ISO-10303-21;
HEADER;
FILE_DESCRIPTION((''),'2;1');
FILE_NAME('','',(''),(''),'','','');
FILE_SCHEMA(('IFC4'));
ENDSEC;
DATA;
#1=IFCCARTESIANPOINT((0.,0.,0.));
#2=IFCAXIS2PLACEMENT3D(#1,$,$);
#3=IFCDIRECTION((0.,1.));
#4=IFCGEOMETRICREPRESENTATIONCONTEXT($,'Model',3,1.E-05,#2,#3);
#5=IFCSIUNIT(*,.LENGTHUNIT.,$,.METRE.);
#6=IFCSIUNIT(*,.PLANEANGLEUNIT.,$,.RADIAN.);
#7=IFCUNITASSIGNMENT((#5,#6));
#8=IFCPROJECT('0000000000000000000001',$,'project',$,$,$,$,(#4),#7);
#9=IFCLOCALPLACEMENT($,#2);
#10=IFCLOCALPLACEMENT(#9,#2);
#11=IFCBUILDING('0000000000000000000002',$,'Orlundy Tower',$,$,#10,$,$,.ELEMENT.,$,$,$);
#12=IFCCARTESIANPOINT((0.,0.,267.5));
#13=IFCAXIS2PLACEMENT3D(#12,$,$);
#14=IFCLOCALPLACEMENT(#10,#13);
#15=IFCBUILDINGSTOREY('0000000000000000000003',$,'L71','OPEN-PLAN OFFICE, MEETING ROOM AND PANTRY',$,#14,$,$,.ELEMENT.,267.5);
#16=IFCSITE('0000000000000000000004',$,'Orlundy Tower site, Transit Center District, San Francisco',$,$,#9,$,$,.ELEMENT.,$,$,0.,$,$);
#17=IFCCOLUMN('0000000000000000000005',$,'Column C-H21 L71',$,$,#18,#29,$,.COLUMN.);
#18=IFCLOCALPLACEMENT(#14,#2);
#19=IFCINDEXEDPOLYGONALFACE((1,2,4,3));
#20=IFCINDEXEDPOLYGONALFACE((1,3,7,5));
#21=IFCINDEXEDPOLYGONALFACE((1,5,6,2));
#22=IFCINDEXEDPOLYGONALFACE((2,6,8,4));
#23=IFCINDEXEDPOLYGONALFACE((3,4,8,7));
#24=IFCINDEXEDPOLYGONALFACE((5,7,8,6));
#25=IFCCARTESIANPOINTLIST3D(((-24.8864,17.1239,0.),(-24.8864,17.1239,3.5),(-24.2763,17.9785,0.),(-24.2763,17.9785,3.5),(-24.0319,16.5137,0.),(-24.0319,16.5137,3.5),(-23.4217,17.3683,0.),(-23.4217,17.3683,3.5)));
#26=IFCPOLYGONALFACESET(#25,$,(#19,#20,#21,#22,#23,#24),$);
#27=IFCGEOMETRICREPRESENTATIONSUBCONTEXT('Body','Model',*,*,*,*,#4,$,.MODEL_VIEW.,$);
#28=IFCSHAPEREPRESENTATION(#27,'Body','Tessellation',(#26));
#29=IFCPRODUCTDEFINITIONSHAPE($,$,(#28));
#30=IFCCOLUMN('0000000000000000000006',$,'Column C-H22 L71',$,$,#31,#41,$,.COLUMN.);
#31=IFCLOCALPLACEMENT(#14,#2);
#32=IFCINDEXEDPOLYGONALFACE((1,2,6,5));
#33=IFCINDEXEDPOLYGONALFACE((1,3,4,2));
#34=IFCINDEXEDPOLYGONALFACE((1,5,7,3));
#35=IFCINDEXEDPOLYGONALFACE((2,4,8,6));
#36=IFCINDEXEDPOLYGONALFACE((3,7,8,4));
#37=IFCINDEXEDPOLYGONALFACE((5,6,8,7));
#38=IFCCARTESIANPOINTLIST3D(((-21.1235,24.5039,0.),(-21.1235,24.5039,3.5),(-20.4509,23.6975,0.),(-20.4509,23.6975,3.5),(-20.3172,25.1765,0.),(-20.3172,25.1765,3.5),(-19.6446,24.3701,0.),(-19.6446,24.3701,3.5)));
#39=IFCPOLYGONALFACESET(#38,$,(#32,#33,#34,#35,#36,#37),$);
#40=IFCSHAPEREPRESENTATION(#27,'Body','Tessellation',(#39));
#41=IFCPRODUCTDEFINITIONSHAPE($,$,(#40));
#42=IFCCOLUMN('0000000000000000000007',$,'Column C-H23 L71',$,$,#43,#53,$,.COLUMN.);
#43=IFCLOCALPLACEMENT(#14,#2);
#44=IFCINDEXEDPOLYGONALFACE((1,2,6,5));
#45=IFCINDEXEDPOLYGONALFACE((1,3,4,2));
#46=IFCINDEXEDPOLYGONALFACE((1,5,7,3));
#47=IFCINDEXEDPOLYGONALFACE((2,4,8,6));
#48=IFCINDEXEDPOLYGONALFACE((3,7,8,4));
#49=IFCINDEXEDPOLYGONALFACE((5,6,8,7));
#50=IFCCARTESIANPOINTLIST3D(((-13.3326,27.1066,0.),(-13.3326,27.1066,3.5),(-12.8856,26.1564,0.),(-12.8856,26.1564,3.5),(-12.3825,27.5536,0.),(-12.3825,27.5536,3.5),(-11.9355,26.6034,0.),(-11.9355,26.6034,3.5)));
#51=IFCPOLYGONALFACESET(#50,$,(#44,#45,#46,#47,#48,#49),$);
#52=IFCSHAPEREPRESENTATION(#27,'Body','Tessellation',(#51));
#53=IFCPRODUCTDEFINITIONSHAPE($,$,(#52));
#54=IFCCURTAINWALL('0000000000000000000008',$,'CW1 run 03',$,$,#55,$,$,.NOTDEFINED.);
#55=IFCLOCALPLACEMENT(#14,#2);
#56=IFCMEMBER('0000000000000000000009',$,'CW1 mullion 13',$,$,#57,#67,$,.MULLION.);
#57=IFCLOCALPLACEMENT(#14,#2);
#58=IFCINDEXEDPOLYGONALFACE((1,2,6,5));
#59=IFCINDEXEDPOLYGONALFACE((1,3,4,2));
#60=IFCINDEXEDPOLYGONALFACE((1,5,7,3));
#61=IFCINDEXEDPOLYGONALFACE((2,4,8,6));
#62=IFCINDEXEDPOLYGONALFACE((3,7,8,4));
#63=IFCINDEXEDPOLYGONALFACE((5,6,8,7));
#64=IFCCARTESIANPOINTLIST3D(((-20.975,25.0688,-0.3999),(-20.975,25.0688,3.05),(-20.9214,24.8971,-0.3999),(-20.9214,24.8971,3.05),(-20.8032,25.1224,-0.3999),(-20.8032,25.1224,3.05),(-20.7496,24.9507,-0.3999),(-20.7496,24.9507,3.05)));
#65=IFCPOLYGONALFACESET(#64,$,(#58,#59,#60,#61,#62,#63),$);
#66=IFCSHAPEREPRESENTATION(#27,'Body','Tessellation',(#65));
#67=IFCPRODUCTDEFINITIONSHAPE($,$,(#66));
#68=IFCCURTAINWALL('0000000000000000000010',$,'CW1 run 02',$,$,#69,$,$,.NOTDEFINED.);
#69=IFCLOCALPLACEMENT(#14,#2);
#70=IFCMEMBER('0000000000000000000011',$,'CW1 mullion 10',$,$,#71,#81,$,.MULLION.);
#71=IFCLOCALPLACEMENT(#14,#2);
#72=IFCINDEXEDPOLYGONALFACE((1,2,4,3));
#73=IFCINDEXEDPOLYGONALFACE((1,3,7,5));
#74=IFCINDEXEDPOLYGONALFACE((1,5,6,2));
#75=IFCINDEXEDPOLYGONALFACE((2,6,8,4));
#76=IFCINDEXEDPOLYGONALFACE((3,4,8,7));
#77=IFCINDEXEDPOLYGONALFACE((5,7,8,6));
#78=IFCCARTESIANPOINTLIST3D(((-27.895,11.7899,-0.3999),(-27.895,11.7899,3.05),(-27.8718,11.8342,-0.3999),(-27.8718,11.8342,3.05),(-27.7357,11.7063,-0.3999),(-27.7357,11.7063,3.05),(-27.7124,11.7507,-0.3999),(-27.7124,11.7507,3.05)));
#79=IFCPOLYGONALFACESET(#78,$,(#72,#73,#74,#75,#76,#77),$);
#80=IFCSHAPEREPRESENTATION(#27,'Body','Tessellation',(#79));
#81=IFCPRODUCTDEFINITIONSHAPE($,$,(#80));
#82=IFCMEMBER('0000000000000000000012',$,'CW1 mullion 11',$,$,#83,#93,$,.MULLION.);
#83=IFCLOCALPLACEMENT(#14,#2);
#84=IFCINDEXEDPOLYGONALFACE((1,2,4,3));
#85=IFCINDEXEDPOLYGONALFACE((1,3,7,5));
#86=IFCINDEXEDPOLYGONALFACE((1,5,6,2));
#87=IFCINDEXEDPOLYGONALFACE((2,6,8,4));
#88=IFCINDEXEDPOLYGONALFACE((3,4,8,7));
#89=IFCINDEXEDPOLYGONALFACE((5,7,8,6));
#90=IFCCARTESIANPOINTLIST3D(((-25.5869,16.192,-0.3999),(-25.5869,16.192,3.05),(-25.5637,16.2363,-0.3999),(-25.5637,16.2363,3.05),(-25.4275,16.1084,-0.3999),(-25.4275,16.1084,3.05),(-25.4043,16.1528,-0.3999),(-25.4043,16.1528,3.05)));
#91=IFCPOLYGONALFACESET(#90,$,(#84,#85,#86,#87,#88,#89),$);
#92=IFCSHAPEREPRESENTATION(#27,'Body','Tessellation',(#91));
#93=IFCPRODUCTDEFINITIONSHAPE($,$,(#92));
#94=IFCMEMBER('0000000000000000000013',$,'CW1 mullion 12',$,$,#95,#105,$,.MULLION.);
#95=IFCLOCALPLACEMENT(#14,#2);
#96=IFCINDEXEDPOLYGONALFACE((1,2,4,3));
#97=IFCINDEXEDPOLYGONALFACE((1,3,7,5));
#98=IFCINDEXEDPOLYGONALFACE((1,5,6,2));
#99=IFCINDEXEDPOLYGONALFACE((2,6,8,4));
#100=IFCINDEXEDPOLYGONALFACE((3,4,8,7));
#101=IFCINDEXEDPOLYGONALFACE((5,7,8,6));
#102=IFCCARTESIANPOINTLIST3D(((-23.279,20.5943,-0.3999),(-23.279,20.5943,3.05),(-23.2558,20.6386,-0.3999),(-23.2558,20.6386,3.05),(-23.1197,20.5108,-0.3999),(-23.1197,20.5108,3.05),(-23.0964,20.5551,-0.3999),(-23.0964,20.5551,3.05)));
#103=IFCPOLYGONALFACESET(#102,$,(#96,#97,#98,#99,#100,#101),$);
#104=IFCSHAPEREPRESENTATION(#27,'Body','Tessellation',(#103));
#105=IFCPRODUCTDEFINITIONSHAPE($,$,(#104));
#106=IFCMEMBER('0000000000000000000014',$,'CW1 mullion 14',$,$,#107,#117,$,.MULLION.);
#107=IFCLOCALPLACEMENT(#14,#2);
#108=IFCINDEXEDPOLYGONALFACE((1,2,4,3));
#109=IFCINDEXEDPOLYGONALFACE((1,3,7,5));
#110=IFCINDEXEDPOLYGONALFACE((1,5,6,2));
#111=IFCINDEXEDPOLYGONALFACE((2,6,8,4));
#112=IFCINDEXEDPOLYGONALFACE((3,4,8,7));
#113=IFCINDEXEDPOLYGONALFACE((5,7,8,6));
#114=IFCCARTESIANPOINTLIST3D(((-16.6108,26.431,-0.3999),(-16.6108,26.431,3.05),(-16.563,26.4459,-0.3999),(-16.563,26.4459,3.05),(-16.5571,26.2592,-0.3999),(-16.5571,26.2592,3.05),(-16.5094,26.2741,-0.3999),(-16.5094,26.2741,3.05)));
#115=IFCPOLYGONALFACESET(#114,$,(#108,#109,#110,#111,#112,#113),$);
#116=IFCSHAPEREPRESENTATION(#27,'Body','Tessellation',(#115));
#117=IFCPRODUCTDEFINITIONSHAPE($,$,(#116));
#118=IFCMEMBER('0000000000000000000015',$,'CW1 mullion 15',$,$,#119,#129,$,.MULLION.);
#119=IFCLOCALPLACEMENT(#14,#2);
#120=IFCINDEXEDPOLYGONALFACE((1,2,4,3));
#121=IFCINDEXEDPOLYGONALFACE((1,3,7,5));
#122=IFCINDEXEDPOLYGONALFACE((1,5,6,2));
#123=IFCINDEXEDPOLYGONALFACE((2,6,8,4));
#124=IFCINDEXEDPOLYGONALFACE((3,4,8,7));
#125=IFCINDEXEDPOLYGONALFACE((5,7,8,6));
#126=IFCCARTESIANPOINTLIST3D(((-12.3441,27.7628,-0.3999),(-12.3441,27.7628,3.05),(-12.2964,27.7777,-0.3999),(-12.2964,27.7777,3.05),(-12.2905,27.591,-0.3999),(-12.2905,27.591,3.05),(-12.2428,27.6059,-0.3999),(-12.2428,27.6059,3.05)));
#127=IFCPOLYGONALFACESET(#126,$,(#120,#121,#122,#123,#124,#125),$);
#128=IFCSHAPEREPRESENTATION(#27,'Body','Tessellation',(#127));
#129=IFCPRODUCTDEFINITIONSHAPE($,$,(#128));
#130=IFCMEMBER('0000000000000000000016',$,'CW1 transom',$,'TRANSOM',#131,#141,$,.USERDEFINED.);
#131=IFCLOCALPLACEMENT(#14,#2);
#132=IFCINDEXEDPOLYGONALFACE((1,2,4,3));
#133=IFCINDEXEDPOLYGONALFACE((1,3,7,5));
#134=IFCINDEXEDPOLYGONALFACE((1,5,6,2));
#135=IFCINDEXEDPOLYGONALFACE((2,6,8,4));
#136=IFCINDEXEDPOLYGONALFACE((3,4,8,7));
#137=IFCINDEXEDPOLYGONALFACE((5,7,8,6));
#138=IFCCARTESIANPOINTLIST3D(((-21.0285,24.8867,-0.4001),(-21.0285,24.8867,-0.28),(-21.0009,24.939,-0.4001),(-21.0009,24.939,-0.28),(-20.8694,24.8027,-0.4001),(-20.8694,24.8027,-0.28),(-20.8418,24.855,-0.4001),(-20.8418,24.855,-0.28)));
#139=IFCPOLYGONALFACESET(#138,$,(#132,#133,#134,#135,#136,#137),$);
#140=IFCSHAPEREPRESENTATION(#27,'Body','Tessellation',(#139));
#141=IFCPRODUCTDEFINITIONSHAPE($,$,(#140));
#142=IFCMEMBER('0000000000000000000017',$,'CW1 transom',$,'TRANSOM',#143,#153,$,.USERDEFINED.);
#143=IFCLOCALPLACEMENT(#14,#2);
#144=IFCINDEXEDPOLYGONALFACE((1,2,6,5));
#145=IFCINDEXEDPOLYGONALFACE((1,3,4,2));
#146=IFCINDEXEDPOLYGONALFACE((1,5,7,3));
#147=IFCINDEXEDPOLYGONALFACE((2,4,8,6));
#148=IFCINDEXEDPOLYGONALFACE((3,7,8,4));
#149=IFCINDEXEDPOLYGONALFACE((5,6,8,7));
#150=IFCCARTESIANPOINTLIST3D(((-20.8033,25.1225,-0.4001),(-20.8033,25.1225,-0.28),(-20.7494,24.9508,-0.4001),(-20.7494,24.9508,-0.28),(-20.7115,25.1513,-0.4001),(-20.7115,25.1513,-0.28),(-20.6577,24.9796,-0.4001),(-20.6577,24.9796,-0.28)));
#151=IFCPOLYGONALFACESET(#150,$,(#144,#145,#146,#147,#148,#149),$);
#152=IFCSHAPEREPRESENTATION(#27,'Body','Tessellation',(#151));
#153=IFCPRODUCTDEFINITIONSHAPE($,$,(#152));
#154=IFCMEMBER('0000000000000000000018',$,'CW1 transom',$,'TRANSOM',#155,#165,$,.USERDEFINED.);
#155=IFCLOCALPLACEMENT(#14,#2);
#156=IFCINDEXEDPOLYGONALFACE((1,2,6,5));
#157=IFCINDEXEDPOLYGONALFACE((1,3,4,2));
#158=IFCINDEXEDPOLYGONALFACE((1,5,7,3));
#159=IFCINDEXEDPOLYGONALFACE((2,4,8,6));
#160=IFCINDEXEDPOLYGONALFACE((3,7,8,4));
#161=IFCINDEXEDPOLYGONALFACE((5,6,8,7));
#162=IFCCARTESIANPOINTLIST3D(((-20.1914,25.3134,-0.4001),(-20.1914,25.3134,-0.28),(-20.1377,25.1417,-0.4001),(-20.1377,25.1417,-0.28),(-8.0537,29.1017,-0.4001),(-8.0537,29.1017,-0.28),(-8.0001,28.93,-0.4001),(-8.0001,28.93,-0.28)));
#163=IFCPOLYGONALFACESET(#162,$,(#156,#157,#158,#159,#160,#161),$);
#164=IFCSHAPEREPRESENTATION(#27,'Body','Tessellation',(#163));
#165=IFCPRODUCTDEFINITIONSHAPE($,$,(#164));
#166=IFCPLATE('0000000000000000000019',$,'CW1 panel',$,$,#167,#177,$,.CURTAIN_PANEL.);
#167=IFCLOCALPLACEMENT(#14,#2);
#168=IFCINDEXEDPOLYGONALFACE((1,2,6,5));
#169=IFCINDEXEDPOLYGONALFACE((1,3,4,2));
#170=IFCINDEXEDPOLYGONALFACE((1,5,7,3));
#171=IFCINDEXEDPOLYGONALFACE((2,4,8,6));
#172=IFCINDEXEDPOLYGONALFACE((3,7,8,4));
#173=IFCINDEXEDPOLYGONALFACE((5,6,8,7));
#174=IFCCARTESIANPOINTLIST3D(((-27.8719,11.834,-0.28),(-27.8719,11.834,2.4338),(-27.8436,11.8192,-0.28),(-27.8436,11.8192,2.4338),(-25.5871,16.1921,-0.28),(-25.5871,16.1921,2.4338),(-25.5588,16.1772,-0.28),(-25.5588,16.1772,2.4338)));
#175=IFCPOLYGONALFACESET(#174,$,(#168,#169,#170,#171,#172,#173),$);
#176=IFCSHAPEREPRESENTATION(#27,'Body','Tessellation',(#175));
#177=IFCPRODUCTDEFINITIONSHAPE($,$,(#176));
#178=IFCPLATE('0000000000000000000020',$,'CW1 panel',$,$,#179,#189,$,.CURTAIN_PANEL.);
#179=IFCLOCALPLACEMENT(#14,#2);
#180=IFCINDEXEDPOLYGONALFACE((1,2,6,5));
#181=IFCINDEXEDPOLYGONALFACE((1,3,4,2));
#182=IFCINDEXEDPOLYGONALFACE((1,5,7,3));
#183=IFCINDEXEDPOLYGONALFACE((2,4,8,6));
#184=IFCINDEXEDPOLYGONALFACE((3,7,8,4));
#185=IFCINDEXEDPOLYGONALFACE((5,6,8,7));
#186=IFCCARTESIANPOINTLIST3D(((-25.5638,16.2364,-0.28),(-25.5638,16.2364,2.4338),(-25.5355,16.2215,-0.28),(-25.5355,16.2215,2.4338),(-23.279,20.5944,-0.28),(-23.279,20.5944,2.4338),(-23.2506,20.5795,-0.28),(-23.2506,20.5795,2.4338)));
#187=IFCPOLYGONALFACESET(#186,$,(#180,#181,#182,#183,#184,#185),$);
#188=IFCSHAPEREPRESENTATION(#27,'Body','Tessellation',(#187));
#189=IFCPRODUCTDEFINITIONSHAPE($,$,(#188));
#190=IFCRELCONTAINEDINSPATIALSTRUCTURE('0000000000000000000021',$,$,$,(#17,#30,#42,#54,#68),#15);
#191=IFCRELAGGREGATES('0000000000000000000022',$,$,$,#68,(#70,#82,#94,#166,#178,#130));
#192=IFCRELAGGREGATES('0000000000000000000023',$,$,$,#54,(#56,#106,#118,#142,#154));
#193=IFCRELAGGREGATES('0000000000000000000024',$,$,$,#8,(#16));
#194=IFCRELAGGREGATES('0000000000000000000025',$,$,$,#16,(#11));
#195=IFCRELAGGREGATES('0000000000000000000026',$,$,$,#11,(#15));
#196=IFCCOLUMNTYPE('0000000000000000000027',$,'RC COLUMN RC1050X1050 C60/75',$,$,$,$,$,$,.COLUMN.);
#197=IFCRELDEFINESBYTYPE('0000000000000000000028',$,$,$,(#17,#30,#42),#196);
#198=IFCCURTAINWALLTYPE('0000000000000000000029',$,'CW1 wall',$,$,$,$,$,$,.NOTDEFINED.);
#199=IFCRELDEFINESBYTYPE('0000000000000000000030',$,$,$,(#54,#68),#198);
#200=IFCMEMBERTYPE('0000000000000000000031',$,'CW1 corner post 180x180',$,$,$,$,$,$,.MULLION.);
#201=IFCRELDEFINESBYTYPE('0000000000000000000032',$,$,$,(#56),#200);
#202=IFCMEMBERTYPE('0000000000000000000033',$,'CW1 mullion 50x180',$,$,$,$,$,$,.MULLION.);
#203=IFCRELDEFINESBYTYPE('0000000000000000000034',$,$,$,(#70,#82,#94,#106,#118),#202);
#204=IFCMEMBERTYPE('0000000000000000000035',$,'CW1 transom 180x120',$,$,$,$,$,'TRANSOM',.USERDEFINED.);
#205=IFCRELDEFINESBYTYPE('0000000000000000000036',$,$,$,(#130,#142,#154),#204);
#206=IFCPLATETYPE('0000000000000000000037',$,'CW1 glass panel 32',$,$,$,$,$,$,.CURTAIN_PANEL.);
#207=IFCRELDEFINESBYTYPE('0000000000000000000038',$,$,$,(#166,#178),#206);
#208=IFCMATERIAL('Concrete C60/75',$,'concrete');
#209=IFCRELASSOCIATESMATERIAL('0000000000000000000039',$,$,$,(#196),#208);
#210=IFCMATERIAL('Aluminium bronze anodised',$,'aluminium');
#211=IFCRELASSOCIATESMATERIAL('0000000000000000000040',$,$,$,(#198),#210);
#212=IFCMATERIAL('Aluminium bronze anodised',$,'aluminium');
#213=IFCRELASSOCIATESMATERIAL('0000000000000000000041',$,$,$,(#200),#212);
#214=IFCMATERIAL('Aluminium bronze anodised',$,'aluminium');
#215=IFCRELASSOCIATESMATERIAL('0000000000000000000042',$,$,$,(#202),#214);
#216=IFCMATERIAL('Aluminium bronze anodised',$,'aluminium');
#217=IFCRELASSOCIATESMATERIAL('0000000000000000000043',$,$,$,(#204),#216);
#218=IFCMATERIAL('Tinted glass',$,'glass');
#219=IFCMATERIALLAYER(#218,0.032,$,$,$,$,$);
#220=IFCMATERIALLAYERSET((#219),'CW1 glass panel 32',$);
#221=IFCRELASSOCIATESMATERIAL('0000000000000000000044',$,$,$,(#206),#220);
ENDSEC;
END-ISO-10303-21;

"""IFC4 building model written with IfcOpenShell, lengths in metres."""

from ifc_helpers import new_model, si_unit, direction, frame, origin, origin_2d, place, context, subcontext, project, spatial, rectangle, extrude, material, layer, layer_set, material_profile, profile_set, type_object, element, aggregate, save


model = new_model("IFC4")

# Units and contexts
model_context = context("Model", 3, precision=1e-05, world=origin(), true_north=direction((0.0, 1.0)))
body_context = subcontext(model_context, "Body", "Model", "MODEL_VIEW")
ifc_project = project(units=[si_unit("LENGTHUNIT", "METRE"), si_unit("PLANEANGLEUNIT", "RADIAN")], contexts=[model_context])

# Site, building, storey
site_placement = place(None, origin())
site = spatial("IfcSite", under=ifc_project, at=site_placement, Name="Orlundy Tower site, Transit Center District, San Francisco", CompositionType="ELEMENT", RefElevation=0.0)
building_placement = place(site_placement, origin())
building = spatial("IfcBuilding", under=site, at=building_placement, Name="Orlundy Tower", CompositionType="ELEMENT")
storey_placement = place(building_placement, frame((0.0, 0.0, 267.5)))
storey = spatial("IfcBuildingStorey", under=building, at=storey_placement, Name="L71", Description="OPEN-PLAN OFFICE, MEETING ROOM AND PANTRY", CompositionType="ELEMENT", Elevation=267.5)

# Columns
ifc_material_1 = material(Name="Concrete C60/75", Category="concrete")
ifc_material_profile_1 = material_profile(ifc_material_1, rectangle(XDim=1.05, YDim=1.05, at=origin_2d()), Name="RC1050X1050")
ifc_profile_set_1 = profile_set([ifc_material_profile_1], Name="Concrete C60/75")
column_type = type_object("IfcColumnType", Name="RC COLUMN RC1050X1050 C60/75", PredefinedType="COLUMN", material=ifc_profile_set_1)
for number, where, z_axis, x_axis, name in (
    (1, (-24.1541, 17.2461, 0.0), (0.0, 0.0, 1.0), (-0.813842, 0.581087, 0.0), "Column C-H21 L71"),
    (2, (-20.384, 24.437, 0.0), (0.0, 0.0, 1.0), (-0.640552, 0.767915, 0.0), "Column C-H22 L71"),
    (3, (-12.634, 26.855, 0.0), (0.0, 0.0, 1.0), (-0.4257, 0.904864, 0.0), "Column C-H23 L71"),
):
    element("IfcColumn", number, at=place(storey_placement, frame(where, z_axis=z_axis, x_axis=x_axis)), inside=storey, type_object=column_type, Name=name, PredefinedType="COLUMN", context=body_context, shape_type="SweptSolid", body=[
        extrude(rectangle(XDim=1.05, YDim=1.05, at=origin_2d()), origin(), (0.0, 0.0, 1.0), 3.5),
    ])

# Curtain wall, member
ifc_material_2 = material(Name="Aluminium bronze anodised", Category="aluminium")
curtain_wall_type = type_object("IfcCurtainWallType", Name="CW1 wall", PredefinedType="NOTDEFINED", material=ifc_material_2)
curtain_wall_1_placement = place(storey_placement, origin())
curtain_wall_1 = element("IfcCurtainWall", 4, at=curtain_wall_1_placement, inside=storey, type_object=curtain_wall_type, Name="CW1 run 03", PredefinedType="NOTDEFINED")
ifc_material_3 = material(Name="Aluminium bronze anodised", Category="aluminium")
ifc_material_profile_2 = material_profile(ifc_material_3, rectangle(XDim=0.1799, YDim=0.1799, at=origin_2d()), Name="CW1 corner post 180x180")
ifc_profile_set_2 = profile_set([ifc_material_profile_2], Name="Aluminium bronze anodised")
member_type_1 = type_object("IfcMemberType", Name="CW1 corner post 180x180", PredefinedType="MULLION", material=ifc_profile_set_2)
member_1_placement = place(storey_placement, frame((-20.8623, 25.0098, -0.3999), z_axis=(0.0, 0.0, 1.0), x_axis=(-0.297935, 0.954586, 0.0)))
member_1 = element("IfcMember", 5, at=member_1_placement, type_object=member_type_1, Name="CW1 mullion 13", PredefinedType="MULLION", context=body_context, shape_type="SweptSolid", body=[
    extrude(rectangle(XDim=0.1799, YDim=0.1799, at=origin_2d()), origin(), (0.0, 0.0, 1.0), 3.45),
])

# Curtain wall, members
curtain_wall_2_placement = place(storey_placement, origin())
curtain_wall_2 = element("IfcCurtainWall", 6, at=curtain_wall_2_placement, inside=storey, type_object=curtain_wall_type, Name="CW1 run 02", PredefinedType="NOTDEFINED")
ifc_material_4 = material(Name="Aluminium bronze anodised", Category="aluminium")
ifc_material_profile_3 = material_profile(ifc_material_4, rectangle(XDim=0.1799, YDim=0.05, at=origin_2d()), Name="CW1 mullion 50x180")
ifc_profile_set_3 = profile_set([ifc_material_profile_3], Name="Aluminium bronze anodised")
member_type_2 = type_object("IfcMemberType", Name="CW1 mullion 50x180", PredefinedType="MULLION", material=ifc_profile_set_3)
member_2_placement = place(storey_placement, frame((-27.8037, 11.7703, -0.3999), z_axis=(0.0, 0.0, 1.0), x_axis=(-0.885659, 0.464336, 0.0)))
member_2 = element("IfcMember", 7, at=member_2_placement, type_object=member_type_2, Name="CW1 mullion 10", PredefinedType="MULLION", context=body_context, shape_type="SweptSolid", body=[
    extrude(rectangle(XDim=0.1799, YDim=0.05, at=origin_2d()), origin(), (0.0, 0.0, 1.0), 3.45),
])
member_3_placement = place(storey_placement, frame((-25.4956, 16.1724, -0.3999), z_axis=(0.0, 0.0, 1.0), x_axis=(-0.885659, 0.464336, 0.0)))
member_3 = element("IfcMember", 8, at=member_3_placement, type_object=member_type_2, Name="CW1 mullion 11", PredefinedType="MULLION", context=body_context, shape_type="SweptSolid", body=[
    extrude(rectangle(XDim=0.1799, YDim=0.05, at=origin_2d()), origin(), (0.0, 0.0, 1.0), 3.45),
])
member_4_placement = place(storey_placement, frame((-23.1877, 20.5747, -0.3999), z_axis=(0.0, 0.0, 1.0), x_axis=(-0.885659, 0.464336, 0.0)))
member_4 = element("IfcMember", 9, at=member_4_placement, type_object=member_type_2, Name="CW1 mullion 12", PredefinedType="MULLION", context=body_context, shape_type="SweptSolid", body=[
    extrude(rectangle(XDim=0.1799, YDim=0.05, at=origin_2d()), origin(), (0.0, 0.0, 1.0), 3.45),
])

# Members
member_5_placement = place(storey_placement, frame((-16.5601, 26.3525, -0.3999), z_axis=(0.0, 0.0, 1.0), x_axis=(-0.297935, 0.954586, 0.0)))
member_5 = element("IfcMember", 10, at=member_5_placement, type_object=member_type_2, Name="CW1 mullion 14", PredefinedType="MULLION", context=body_context, shape_type="SweptSolid", body=[
    extrude(rectangle(XDim=0.1799, YDim=0.05, at=origin_2d()), origin(), (0.0, 0.0, 1.0), 3.45),
])
member_6_placement = place(storey_placement, frame((-12.2935, 27.6843, -0.3999), z_axis=(0.0, 0.0, 1.0), x_axis=(-0.297935, 0.954586, 0.0)))
member_6 = element("IfcMember", 11, at=member_6_placement, type_object=member_type_2, Name="CW1 mullion 15", PredefinedType="MULLION", context=body_context, shape_type="SweptSolid", body=[
    extrude(rectangle(XDim=0.1799, YDim=0.05, at=origin_2d()), origin(), (0.0, 0.0, 1.0), 3.45),
])
ifc_material_5 = material(Name="Aluminium bronze anodised", Category="aluminium")
ifc_material_profile_4 = material_profile(ifc_material_5, rectangle(XDim=0.1799, YDim=0.1201, at=origin_2d()), Name="CW1 transom 180x120")
ifc_profile_set_4 = profile_set([ifc_material_profile_4], Name="Aluminium bronze anodised")
member_type_3 = type_object("IfcMemberType", Name="CW1 transom 180x120", ElementType="TRANSOM", PredefinedType="USERDEFINED", material=ifc_profile_set_4)
member_7_placement = place(storey_placement, frame((-20.949, 24.8447, -0.3401), z_axis=(0.466938, 0.88429, 0.0), x_axis=(-0.88429, 0.466938, 0.0)))
member_7 = element("IfcMember", 12, at=member_7_placement, type_object=member_type_3, Name="CW1 transom", ObjectType="TRANSOM", PredefinedType="USERDEFINED", context=body_context, shape_type="SweptSolid", body=[
    extrude(rectangle(XDim=0.1799, YDim=0.1201, at=origin_2d()), origin(), (0.0, 0.0, 1.0), 0.0591),
])
member_8_placement = place(storey_placement, frame((-20.7764, 25.0366, -0.3401), z_axis=(0.954118, 0.299431, 0.0), x_axis=(-0.299431, 0.954118, 0.0)))
member_8 = element("IfcMember", 13, at=member_8_placement, type_object=member_type_3, Name="CW1 transom", ObjectType="TRANSOM", PredefinedType="USERDEFINED", context=body_context, shape_type="SweptSolid", body=[
    extrude(rectangle(XDim=0.1799, YDim=0.1201, at=origin_2d()), origin(), (0.0, 0.0, 1.0), 0.0962),
])
member_9_placement = place(storey_placement, frame((-20.1646, 25.2275, -0.3401), z_axis=(0.954585, 0.297938, 0.0), x_axis=(-0.297938, 0.954585, 0.0)))
member_9 = element("IfcMember", 14, at=member_9_placement, type_object=member_type_3, Name="CW1 transom", ObjectType="TRANSOM", PredefinedType="USERDEFINED", context=body_context, shape_type="SweptSolid", body=[
    extrude(rectangle(XDim=0.1799, YDim=0.1201, at=origin_2d()), origin(), (0.0, 0.0, 1.0), 12.7151),
])

# Plates
ifc_material_6 = material(Name="Tinted glass", Category="glass")
ifc_layer_1 = layer(ifc_material_6, 0.032)
ifc_layer_set_1 = layer_set([ifc_layer_1], Name="CW1 glass panel 32")
plate_type = type_object("IfcPlateType", Name="CW1 glass panel 32", PredefinedType="CURTAIN_PANEL", material=ifc_layer_set_1)
plate_1_placement = place(storey_placement, frame((-26.7153, 14.0056, -0.28), z_axis=(0.0, 0.0, 1.0), x_axis=(0.464336, 0.885659, 0.0)))
plate_1 = element("IfcPlate", 15, at=plate_1_placement, type_object=plate_type, Name="CW1 panel", PredefinedType="CURTAIN_PANEL", context=body_context, shape_type="SweptSolid", body=[
    extrude(rectangle(XDim=4.9207, YDim=0.032, at=origin_2d()), origin(), (0.0, 0.0, 1.0), 2.7139),
])
plate_2_placement = place(storey_placement, frame((-24.4072, 18.408, -0.28), z_axis=(0.0, 0.0, 1.0), x_axis=(0.464336, 0.885659, 0.0)))
plate_2 = element("IfcPlate", 16, at=plate_2_placement, type_object=plate_type, Name="CW1 panel", PredefinedType="CURTAIN_PANEL", context=body_context, shape_type="SweptSolid", body=[
    extrude(rectangle(XDim=4.9207, YDim=0.032, at=origin_2d()), origin(), (0.0, 0.0, 1.0), 2.7139),
])
aggregate(curtain_wall_2, [member_2, member_3, member_4, plate_1, plate_2, member_7])
aggregate(curtain_wall_1, [member_1, member_5, member_6, member_8, member_9])

save(model, "model.ifc")
